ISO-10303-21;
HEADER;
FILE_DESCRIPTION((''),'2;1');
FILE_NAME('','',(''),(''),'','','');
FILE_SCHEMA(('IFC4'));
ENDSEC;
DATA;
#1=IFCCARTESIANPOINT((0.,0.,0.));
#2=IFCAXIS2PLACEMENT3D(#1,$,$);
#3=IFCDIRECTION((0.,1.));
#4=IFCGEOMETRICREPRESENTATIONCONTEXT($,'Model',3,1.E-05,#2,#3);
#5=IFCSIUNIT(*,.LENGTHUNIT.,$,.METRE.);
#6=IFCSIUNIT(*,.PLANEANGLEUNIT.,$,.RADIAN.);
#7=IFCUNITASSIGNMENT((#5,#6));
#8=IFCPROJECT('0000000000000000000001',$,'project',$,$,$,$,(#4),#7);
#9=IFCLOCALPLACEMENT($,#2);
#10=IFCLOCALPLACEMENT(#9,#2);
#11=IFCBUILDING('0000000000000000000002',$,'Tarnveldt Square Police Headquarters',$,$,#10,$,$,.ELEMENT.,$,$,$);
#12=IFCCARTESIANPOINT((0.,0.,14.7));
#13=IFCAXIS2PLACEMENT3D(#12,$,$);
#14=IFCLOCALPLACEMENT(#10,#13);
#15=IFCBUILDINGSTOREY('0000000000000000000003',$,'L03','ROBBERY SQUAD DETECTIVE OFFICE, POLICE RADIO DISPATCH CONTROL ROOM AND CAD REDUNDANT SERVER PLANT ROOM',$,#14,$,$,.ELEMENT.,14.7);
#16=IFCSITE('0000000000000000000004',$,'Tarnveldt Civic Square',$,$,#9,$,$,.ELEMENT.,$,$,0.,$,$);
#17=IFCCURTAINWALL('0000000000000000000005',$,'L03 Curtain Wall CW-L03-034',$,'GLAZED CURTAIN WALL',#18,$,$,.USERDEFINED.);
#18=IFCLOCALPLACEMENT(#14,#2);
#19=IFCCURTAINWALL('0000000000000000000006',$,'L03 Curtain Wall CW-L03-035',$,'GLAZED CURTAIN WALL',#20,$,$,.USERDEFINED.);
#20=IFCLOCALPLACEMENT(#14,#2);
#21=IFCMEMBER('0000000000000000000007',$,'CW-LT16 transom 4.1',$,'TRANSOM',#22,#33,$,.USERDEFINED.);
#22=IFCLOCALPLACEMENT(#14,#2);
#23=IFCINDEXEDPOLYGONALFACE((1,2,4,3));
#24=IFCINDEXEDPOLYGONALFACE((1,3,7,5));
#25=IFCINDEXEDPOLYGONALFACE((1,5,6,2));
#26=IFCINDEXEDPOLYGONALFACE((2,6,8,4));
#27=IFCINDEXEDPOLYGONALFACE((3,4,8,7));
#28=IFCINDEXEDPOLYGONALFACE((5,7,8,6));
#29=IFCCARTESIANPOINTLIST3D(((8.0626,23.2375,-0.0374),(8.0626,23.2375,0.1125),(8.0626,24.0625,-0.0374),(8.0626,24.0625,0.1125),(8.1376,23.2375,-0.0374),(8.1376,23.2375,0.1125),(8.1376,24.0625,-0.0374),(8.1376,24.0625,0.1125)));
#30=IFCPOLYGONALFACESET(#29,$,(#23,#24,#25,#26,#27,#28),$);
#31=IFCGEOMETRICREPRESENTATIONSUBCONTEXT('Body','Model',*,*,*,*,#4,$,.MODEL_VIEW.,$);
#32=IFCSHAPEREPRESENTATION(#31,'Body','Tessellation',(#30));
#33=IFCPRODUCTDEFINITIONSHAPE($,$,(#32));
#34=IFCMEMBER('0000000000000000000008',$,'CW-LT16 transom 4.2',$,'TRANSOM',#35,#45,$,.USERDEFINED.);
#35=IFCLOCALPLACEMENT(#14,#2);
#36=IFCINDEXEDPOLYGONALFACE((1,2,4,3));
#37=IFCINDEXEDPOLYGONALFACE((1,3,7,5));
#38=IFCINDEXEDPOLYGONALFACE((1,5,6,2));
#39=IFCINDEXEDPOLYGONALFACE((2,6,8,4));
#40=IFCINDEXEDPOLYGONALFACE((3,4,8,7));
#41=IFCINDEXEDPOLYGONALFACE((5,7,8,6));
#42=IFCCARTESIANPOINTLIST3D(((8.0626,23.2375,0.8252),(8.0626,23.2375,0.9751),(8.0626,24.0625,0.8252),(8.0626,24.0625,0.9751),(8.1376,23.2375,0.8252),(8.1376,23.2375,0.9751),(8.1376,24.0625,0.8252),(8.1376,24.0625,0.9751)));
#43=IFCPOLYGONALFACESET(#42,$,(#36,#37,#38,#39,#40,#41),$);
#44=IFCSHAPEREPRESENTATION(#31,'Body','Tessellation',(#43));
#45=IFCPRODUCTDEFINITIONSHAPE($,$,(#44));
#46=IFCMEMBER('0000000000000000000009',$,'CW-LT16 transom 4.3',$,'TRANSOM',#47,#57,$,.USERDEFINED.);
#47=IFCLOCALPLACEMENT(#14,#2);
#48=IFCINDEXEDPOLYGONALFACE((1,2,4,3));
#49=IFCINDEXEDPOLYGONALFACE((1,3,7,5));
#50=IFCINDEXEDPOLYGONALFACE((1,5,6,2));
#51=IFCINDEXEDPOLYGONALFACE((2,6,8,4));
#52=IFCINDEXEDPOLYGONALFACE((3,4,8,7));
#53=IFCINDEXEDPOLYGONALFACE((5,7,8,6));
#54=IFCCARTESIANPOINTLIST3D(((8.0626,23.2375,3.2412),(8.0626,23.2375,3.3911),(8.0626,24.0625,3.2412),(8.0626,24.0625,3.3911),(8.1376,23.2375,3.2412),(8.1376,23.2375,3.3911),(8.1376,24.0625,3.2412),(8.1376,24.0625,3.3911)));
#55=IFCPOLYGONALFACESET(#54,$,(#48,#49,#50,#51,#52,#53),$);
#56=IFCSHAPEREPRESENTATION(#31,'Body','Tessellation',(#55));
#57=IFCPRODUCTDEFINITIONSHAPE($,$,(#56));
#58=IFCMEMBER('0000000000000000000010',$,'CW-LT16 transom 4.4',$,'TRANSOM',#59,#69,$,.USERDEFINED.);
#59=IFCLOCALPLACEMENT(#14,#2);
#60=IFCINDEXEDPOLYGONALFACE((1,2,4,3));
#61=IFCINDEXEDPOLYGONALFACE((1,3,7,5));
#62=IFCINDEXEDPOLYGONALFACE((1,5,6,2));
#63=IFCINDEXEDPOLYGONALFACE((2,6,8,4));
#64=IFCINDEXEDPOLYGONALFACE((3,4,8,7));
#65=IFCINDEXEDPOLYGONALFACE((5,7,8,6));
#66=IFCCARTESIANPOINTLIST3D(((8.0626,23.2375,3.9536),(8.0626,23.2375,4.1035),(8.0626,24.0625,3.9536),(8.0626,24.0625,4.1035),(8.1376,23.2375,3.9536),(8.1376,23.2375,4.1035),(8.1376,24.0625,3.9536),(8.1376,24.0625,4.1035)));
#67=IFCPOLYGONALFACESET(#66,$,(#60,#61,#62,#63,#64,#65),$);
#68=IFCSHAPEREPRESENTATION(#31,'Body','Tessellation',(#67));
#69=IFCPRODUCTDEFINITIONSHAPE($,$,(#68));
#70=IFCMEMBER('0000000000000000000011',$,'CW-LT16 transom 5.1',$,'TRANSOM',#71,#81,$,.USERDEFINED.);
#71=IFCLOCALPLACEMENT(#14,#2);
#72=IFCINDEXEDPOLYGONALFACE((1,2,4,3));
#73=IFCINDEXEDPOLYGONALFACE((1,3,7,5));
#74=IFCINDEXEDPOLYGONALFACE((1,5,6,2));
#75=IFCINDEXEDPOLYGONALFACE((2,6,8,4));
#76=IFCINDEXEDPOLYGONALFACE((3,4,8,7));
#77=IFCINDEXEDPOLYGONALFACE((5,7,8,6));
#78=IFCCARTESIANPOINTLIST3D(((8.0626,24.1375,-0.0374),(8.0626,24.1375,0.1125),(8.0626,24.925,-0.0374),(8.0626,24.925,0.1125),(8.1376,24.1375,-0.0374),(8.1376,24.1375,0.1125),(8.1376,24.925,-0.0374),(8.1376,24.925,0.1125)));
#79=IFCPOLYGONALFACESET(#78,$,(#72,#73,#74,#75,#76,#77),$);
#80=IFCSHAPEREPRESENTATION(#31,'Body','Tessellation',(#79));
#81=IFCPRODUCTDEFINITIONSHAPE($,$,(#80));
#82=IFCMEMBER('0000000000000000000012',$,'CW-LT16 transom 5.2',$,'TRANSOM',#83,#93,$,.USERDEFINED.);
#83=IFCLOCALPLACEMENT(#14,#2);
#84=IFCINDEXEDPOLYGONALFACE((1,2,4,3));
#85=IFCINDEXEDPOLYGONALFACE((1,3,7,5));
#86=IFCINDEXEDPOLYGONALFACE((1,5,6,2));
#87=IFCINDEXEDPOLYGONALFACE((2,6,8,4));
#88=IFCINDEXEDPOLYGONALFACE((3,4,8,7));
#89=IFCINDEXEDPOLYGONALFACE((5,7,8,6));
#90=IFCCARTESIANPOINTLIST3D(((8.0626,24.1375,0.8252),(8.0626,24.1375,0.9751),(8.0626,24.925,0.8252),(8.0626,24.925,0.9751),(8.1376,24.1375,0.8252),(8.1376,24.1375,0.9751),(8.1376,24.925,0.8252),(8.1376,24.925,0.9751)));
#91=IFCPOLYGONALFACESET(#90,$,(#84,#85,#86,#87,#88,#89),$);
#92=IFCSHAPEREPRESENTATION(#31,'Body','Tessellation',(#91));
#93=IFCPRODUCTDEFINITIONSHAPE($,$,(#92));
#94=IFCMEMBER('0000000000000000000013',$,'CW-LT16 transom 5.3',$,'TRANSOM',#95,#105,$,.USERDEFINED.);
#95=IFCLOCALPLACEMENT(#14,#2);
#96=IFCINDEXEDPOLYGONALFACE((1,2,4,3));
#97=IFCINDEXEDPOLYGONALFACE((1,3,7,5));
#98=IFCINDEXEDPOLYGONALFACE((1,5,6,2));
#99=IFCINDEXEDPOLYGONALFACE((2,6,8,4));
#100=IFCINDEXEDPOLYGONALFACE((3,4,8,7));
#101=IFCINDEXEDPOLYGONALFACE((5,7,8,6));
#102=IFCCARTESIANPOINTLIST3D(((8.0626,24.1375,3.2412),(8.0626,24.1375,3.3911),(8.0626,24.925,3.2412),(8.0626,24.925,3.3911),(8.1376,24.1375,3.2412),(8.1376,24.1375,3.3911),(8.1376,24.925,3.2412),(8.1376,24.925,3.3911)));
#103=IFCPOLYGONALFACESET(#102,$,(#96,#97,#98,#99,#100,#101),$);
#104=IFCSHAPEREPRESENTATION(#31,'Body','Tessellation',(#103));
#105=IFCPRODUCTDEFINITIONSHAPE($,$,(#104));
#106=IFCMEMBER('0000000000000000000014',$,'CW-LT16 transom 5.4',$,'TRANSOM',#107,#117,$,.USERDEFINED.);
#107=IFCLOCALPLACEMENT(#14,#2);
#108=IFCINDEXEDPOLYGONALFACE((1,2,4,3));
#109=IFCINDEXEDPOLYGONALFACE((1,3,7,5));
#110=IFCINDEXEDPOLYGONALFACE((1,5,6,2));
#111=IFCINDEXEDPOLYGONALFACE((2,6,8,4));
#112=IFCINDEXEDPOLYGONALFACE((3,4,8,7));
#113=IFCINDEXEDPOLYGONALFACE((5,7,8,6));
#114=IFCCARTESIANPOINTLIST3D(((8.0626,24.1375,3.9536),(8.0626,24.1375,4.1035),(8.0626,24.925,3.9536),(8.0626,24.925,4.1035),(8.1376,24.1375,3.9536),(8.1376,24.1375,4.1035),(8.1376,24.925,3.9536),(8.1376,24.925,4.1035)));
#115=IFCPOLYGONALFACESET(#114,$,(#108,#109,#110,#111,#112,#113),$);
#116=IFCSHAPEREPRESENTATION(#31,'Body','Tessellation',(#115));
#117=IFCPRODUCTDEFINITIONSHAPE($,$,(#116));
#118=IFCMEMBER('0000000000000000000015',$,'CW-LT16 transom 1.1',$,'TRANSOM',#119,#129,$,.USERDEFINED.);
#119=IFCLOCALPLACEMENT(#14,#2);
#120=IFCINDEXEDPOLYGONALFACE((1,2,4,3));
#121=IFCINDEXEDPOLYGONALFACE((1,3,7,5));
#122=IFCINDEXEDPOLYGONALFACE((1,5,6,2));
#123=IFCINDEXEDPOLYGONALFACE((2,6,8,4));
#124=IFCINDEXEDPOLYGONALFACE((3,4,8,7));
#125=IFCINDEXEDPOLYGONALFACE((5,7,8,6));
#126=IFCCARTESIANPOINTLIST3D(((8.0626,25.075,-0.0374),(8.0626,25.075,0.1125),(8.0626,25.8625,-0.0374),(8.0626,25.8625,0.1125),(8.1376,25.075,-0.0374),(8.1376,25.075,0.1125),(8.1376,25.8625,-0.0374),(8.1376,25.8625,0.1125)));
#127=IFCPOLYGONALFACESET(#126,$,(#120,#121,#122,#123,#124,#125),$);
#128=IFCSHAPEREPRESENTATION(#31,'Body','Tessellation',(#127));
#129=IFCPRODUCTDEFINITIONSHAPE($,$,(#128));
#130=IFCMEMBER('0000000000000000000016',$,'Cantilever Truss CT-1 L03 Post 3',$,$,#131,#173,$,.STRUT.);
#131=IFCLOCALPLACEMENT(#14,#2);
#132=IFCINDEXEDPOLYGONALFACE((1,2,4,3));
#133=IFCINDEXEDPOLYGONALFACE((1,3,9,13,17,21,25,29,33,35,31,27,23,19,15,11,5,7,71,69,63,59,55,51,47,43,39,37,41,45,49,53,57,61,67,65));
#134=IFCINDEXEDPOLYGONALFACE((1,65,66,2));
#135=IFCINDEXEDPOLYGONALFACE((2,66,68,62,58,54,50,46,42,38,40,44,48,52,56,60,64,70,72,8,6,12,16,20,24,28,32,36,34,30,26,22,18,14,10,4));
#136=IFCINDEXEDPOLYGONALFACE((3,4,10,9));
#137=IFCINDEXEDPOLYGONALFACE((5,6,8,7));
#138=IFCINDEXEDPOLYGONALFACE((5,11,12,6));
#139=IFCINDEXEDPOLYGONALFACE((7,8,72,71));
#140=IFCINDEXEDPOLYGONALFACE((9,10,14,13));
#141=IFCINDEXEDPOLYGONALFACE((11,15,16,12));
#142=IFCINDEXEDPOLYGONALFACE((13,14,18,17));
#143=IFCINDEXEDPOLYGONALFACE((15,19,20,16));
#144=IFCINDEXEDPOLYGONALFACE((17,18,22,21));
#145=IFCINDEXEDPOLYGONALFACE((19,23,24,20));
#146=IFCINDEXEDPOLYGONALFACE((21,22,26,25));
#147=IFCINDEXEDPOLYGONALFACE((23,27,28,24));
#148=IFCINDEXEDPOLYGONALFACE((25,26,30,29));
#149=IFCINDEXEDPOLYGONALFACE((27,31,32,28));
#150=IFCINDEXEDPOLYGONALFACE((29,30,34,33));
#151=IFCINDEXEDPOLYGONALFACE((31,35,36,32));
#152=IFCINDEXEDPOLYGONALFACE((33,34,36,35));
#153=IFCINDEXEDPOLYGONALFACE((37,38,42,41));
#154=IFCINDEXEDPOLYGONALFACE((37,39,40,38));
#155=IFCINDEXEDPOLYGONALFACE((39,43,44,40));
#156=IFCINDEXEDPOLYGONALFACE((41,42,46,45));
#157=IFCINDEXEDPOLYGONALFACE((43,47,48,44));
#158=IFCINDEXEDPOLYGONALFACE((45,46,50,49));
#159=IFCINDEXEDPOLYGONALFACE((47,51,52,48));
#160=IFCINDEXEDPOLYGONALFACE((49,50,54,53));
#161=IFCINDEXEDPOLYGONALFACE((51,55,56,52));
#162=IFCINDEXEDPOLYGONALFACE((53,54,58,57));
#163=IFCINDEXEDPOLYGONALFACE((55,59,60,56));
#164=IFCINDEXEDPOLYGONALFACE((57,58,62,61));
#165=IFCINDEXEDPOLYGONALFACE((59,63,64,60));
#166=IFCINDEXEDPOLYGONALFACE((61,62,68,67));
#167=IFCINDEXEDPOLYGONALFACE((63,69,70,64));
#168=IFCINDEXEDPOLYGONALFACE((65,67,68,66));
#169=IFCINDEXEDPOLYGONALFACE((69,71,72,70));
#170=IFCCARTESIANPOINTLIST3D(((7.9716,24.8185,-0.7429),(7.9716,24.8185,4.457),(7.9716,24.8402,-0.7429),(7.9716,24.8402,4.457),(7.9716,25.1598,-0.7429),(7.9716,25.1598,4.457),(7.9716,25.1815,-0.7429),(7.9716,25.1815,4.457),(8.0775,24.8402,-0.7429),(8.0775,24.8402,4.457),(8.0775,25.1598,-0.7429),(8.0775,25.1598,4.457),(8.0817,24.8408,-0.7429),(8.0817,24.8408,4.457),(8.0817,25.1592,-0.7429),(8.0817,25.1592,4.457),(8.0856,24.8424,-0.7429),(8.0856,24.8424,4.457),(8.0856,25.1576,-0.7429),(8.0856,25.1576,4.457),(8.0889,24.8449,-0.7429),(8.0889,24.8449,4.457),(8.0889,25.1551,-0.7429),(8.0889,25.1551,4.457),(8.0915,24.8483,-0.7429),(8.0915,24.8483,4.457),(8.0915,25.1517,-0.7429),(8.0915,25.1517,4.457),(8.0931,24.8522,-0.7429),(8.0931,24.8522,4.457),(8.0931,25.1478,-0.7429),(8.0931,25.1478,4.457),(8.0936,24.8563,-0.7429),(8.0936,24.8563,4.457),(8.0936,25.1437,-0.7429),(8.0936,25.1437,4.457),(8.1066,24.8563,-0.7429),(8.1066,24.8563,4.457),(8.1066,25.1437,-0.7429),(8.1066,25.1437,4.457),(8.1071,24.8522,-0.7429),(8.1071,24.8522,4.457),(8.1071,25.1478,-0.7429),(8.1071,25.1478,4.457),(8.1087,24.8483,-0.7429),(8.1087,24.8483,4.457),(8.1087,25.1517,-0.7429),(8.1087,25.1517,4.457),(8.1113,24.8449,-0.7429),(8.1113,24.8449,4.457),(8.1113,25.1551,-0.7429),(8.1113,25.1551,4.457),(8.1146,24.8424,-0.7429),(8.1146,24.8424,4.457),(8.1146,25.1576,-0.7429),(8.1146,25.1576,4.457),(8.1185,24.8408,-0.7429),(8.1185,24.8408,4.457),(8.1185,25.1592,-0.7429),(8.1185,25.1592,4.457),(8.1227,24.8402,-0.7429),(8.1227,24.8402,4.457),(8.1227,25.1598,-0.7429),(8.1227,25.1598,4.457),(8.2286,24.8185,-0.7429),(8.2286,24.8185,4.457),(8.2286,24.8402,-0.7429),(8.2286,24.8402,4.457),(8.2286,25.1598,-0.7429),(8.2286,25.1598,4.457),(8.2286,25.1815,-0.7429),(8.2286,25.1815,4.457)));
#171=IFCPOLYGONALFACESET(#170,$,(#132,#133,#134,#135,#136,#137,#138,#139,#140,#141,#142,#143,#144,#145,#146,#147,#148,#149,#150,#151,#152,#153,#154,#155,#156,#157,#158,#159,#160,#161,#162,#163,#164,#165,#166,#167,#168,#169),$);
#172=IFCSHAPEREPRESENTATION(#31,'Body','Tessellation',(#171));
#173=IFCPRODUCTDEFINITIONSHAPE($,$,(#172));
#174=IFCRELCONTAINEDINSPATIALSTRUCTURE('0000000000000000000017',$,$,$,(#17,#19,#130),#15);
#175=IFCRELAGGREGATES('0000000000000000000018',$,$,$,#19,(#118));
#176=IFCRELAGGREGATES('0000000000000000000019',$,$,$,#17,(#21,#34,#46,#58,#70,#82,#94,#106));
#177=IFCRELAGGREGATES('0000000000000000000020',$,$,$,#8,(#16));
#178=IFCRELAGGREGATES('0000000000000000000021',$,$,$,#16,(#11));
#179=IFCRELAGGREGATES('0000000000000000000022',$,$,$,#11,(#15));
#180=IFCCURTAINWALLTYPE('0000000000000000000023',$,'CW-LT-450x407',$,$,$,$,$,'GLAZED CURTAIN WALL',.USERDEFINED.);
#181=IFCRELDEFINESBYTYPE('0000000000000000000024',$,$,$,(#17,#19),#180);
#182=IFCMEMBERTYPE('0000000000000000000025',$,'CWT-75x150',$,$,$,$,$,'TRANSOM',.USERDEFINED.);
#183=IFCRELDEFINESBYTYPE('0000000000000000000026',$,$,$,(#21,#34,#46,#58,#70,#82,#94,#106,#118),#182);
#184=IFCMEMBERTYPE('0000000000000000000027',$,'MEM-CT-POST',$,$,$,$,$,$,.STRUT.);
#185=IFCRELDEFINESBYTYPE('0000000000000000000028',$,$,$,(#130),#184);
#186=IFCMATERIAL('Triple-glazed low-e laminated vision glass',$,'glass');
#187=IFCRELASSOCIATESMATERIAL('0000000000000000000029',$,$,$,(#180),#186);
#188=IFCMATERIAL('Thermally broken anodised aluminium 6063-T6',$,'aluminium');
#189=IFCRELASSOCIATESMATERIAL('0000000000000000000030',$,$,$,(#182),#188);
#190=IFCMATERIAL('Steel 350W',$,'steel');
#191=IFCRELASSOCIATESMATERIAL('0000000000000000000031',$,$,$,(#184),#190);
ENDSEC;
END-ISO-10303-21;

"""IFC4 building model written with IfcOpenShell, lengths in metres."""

from ifc_helpers import new_model, si_unit, direction, frame, origin, origin_2d, place, context, subcontext, project, spatial, rectangle, i_section, extrude, material, material_profile, profile_set, type_object, element, aggregate, save


model = new_model("IFC4")

# Units and contexts
model_context = context("Model", 3, precision=1e-05, world=origin(), true_north=direction((0.0, 1.0)))
body_context = subcontext(model_context, "Body", "Model", "MODEL_VIEW")
ifc_project = project(units=[si_unit("LENGTHUNIT", "METRE"), si_unit("PLANEANGLEUNIT", "RADIAN")], contexts=[model_context])

# Site, building, storey
site_placement = place(None, origin())
site = spatial("IfcSite", under=ifc_project, at=site_placement, Name="Tarnveldt Civic Square", CompositionType="ELEMENT", RefElevation=0.0)
building_placement = place(site_placement, origin())
building = spatial("IfcBuilding", under=site, at=building_placement, Name="Tarnveldt Square Police Headquarters", CompositionType="ELEMENT")
storey_placement = place(building_placement, frame((0.0, 0.0, 14.7)))
storey = spatial("IfcBuildingStorey", under=building, at=storey_placement, Name="L03", Description="ROBBERY SQUAD DETECTIVE OFFICE, POLICE RADIO DISPATCH CONTROL ROOM AND CAD REDUNDANT SERVER PLANT ROOM", CompositionType="ELEMENT", Elevation=14.7)

# Shared definitions
ifc_material_1 = material(Name="Steel 350W", Category="steel")

# Curtain wall
ifc_material_2 = material(Name="Triple-glazed low-e laminated vision glass", Category="glass")
curtain_wall_type = type_object("IfcCurtainWallType", Name="CW-LT-450x407", ElementType="GLAZED CURTAIN WALL", PredefinedType="USERDEFINED", material=ifc_material_2)
curtain_wall_1_placement = place(storey_placement, origin())
curtain_wall_1 = element("IfcCurtainWall", 1, at=curtain_wall_1_placement, inside=storey, type_object=curtain_wall_type, Name="L03 Curtain Wall CW-L03-034", ObjectType="GLAZED CURTAIN WALL", PredefinedType="USERDEFINED")
ifc_material_3 = material(Name="Thermally broken anodised aluminium 6063-T6", Category="aluminium")

# Curtain wall
curtain_wall_2_placement = place(storey_placement, origin())
curtain_wall_2 = element("IfcCurtainWall", 2, at=curtain_wall_2_placement, inside=storey, type_object=curtain_wall_type, Name="L03 Curtain Wall CW-L03-035", ObjectType="GLAZED CURTAIN WALL", PredefinedType="USERDEFINED")

# Members
ifc_material_profile_1 = material_profile(ifc_material_3, rectangle(XDim=0.075, YDim=0.1499, at=origin_2d()), Name="CW-T75x150")
ifc_profile_set_1 = profile_set([ifc_material_profile_1], Name="Thermally broken anodised aluminium 6063-T6")
member_type_1 = type_object("IfcMemberType", Name="CWT-75x150", ElementType="TRANSOM", PredefinedType="USERDEFINED", material=ifc_profile_set_1)
member_1_placement = place(storey_placement, frame((8.1001, 23.2375, 0.0376), z_axis=(0.0, 1.0, 0.0), x_axis=(-1.0, 0.0, 0.0)))
member_1 = element("IfcMember", 3, at=member_1_placement, type_object=member_type_1, Name="CW-LT16 transom 4.1", ObjectType="TRANSOM", PredefinedType="USERDEFINED", context=body_context, shape_type="SweptSolid", body=[
    extrude(rectangle(XDim=0.075, YDim=0.1499, at=origin_2d()), origin(), (0.0, 0.0, 1.0), 0.825),
])
member_2_placement = place(storey_placement, frame((8.1001, 23.2375, 0.9001), z_axis=(0.0, 1.0, 0.0), x_axis=(-1.0, 0.0, 0.0)))
member_2 = element("IfcMember", 4, at=member_2_placement, type_object=member_type_1, Name="CW-LT16 transom 4.2", ObjectType="TRANSOM", PredefinedType="USERDEFINED", context=body_context, shape_type="SweptSolid", body=[
    extrude(rectangle(XDim=0.075, YDim=0.1499, at=origin_2d()), origin(), (0.0, 0.0, 1.0), 0.825),
])
member_3_placement = place(storey_placement, frame((8.1001, 23.2375, 3.3162), z_axis=(0.0, 1.0, 0.0), x_axis=(-1.0, 0.0, 0.0)))
member_3 = element("IfcMember", 5, at=member_3_placement, type_object=member_type_1, Name="CW-LT16 transom 4.3", ObjectType="TRANSOM", PredefinedType="USERDEFINED", context=body_context, shape_type="SweptSolid", body=[
    extrude(rectangle(XDim=0.075, YDim=0.1499, at=origin_2d()), origin(), (0.0, 0.0, 1.0), 0.825),
])
member_4_placement = place(storey_placement, frame((8.1001, 23.2375, 4.0286), z_axis=(0.0, 1.0, 0.0), x_axis=(-1.0, 0.0, 0.0)))
member_4 = element("IfcMember", 6, at=member_4_placement, type_object=member_type_1, Name="CW-LT16 transom 4.4", ObjectType="TRANSOM", PredefinedType="USERDEFINED", context=body_context, shape_type="SweptSolid", body=[
    extrude(rectangle(XDim=0.075, YDim=0.1499, at=origin_2d()), origin(), (0.0, 0.0, 1.0), 0.825),
])
member_5_placement = place(storey_placement, frame((8.1001, 24.1375, 0.0376), z_axis=(0.0, 1.0, 0.0), x_axis=(-1.0, 0.0, 0.0)))
member_5 = element("IfcMember", 7, at=member_5_placement, type_object=member_type_1, Name="CW-LT16 transom 5.1", ObjectType="TRANSOM", PredefinedType="USERDEFINED", context=body_context, shape_type="SweptSolid", body=[
    extrude(rectangle(XDim=0.075, YDim=0.1499, at=origin_2d()), origin(), (0.0, 0.0, 1.0), 0.7876),
])
member_6_placement = place(storey_placement, frame((8.1001, 24.1375, 0.9001), z_axis=(0.0, 1.0, 0.0), x_axis=(-1.0, 0.0, 0.0)))
member_6 = element("IfcMember", 8, at=member_6_placement, type_object=member_type_1, Name="CW-LT16 transom 5.2", ObjectType="TRANSOM", PredefinedType="USERDEFINED", context=body_context, shape_type="SweptSolid", body=[
    extrude(rectangle(XDim=0.075, YDim=0.1499, at=origin_2d()), origin(), (0.0, 0.0, 1.0), 0.7876),
])
member_7_placement = place(storey_placement, frame((8.1001, 24.1375, 3.3162), z_axis=(0.0, 1.0, 0.0), x_axis=(-1.0, 0.0, 0.0)))
member_7 = element("IfcMember", 9, at=member_7_placement, type_object=member_type_1, Name="CW-LT16 transom 5.3", ObjectType="TRANSOM", PredefinedType="USERDEFINED", context=body_context, shape_type="SweptSolid", body=[
    extrude(rectangle(XDim=0.075, YDim=0.1499, at=origin_2d()), origin(), (0.0, 0.0, 1.0), 0.7876),
])
member_8_placement = place(storey_placement, frame((8.1001, 24.1375, 4.0286), z_axis=(0.0, 1.0, 0.0), x_axis=(-1.0, 0.0, 0.0)))
member_8 = element("IfcMember", 10, at=member_8_placement, type_object=member_type_1, Name="CW-LT16 transom 5.4", ObjectType="TRANSOM", PredefinedType="USERDEFINED", context=body_context, shape_type="SweptSolid", body=[
    extrude(rectangle(XDim=0.075, YDim=0.1499, at=origin_2d()), origin(), (0.0, 0.0, 1.0), 0.7876),
])
member_9_placement = place(storey_placement, frame((8.1001, 25.075, 0.0376), z_axis=(0.0, 1.0, 0.0), x_axis=(-1.0, 0.0, 0.0)))
member_9 = element("IfcMember", 11, at=member_9_placement, type_object=member_type_1, Name="CW-LT16 transom 1.1", ObjectType="TRANSOM", PredefinedType="USERDEFINED", context=body_context, shape_type="SweptSolid", body=[
    extrude(rectangle(XDim=0.075, YDim=0.1499, at=origin_2d()), origin(), (0.0, 0.0, 1.0), 0.7876),
])
aggregate(curtain_wall_2, [member_9])

# Member
ifc_material_profile_2 = material_profile(ifc_material_1, i_section(OverallWidth=0.2571, OverallDepth=0.363, WebThickness=0.0129, FlangeThickness=0.0217, FilletRadius=0.0161, at=origin_2d()), Name="W360x122")
ifc_profile_set_2 = profile_set([ifc_material_profile_2], Name="Steel 350W")
member_type_2 = type_object("IfcMemberType", Name="MEM-CT-POST", PredefinedType="STRUT", material=ifc_profile_set_2)
member_10_placement = place(storey_placement, frame((8.1001, 25.0, -0.7429), z_axis=(0.0, 0.0, 1.0), x_axis=(1.0, 0.0, 0.0)))
element("IfcMember", 12, at=member_10_placement, inside=storey, type_object=member_type_2, Name="Cantilever Truss CT-1 L03 Post 3", PredefinedType="STRUT", context=body_context, shape_type="SweptSolid", body=[
    extrude(i_section(OverallWidth=0.2571, OverallDepth=0.363, WebThickness=0.0129, FlangeThickness=0.0217, FilletRadius=0.0161, at=origin_2d()), origin(), (0.0, 0.0, 1.0), 5.2),
])

aggregate(curtain_wall_1, [member_1, member_2, member_3, member_4, member_5, member_6, member_7, member_8])

save(model, "model.ifc")
